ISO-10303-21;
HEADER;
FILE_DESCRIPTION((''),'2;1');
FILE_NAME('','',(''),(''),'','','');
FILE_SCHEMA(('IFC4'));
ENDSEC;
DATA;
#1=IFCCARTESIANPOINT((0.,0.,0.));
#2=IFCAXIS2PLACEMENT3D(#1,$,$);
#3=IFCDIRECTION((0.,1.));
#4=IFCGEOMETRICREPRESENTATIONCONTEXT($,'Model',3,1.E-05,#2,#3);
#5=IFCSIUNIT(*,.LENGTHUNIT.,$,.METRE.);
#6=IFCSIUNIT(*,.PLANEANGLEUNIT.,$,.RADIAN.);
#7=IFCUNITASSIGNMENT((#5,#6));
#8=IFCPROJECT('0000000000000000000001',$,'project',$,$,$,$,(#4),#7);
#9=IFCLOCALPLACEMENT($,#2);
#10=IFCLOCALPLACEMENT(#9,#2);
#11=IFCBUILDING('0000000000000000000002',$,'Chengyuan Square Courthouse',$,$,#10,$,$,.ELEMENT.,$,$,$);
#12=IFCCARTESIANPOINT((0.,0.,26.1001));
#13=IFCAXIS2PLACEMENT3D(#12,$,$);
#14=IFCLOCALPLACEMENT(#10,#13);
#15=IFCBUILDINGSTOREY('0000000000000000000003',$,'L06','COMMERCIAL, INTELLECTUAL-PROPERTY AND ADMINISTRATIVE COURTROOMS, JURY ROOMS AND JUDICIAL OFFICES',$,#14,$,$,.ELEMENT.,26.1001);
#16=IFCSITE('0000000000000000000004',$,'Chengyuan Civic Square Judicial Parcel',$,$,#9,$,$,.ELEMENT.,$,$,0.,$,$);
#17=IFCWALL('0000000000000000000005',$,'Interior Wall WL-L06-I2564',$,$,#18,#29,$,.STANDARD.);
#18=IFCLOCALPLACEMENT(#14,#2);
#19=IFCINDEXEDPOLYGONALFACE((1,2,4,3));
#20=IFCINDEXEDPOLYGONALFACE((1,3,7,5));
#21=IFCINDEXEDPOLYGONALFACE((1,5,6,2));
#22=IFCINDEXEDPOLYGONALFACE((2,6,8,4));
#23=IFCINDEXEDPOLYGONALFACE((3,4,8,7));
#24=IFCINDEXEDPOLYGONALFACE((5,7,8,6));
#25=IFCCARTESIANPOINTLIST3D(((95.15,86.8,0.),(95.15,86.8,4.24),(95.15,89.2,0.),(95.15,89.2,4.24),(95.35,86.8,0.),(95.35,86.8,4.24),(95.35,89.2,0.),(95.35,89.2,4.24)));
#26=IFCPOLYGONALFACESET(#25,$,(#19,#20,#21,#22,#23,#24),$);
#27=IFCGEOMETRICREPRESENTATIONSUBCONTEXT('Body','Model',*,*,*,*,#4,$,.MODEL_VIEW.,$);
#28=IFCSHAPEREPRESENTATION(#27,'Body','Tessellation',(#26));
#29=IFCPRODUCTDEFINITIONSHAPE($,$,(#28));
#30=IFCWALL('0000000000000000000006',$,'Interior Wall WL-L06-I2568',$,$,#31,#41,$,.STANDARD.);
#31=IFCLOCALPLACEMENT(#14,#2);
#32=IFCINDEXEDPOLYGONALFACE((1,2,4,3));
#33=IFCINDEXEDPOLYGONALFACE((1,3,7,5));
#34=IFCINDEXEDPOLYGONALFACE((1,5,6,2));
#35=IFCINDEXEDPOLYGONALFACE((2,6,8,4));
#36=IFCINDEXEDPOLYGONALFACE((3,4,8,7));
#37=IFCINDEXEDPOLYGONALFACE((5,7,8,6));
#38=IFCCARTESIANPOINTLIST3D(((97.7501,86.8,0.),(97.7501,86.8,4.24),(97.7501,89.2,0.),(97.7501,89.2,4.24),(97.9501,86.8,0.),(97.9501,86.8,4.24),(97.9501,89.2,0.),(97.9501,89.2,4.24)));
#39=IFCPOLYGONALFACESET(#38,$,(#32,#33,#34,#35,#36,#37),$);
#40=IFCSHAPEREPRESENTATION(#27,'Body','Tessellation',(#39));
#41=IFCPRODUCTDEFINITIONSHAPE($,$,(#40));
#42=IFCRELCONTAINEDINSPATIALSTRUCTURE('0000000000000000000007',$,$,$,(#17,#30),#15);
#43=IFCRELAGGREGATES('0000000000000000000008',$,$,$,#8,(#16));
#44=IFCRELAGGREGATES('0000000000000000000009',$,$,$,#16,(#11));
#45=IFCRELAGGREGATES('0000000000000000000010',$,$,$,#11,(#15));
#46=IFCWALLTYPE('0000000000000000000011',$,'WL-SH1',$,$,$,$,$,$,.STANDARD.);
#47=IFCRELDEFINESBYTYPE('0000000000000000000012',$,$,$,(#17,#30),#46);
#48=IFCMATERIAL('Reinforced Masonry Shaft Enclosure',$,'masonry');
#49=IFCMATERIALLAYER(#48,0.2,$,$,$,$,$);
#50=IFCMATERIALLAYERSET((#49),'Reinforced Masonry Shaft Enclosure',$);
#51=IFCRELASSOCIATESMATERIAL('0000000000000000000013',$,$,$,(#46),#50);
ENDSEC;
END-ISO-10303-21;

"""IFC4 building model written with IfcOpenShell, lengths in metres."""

from ifc_helpers import new_model, si_unit, direction, frame, frame_2d, origin, place, context, subcontext, project, spatial, rectangle, extrude, material, layer, layer_set, type_object, element, save


model = new_model("IFC4")

# Units and contexts
model_context = context("Model", 3, precision=1e-05, world=origin(), true_north=direction((0.0, 1.0)))
body_context = subcontext(model_context, "Body", "Model", "MODEL_VIEW")
ifc_project = project(units=[si_unit("LENGTHUNIT", "METRE"), si_unit("PLANEANGLEUNIT", "RADIAN")], contexts=[model_context])

# Site, building, storey
site_placement = place(None, origin())
site = spatial("IfcSite", under=ifc_project, at=site_placement, Name="Chengyuan Civic Square Judicial Parcel", CompositionType="ELEMENT", RefElevation=0.0)
building_placement = place(site_placement, origin())
building = spatial("IfcBuilding", under=site, at=building_placement, Name="Chengyuan Square Courthouse", CompositionType="ELEMENT")
storey_placement = place(building_placement, frame((0.0, 0.0, 26.1001)))
storey = spatial("IfcBuildingStorey", under=building, at=storey_placement, Name="L06", Description="COMMERCIAL, INTELLECTUAL-PROPERTY AND ADMINISTRATIVE COURTROOMS, JURY ROOMS AND JUDICIAL OFFICES", CompositionType="ELEMENT", Elevation=26.1001)

# Shared definitions
ifc_material_1 = material(Name="Reinforced Masonry Shaft Enclosure", Category="masonry")
ifc_layer_1 = layer(ifc_material_1, 0.2)
ifc_layer_set_1 = layer_set([ifc_layer_1], Name="Reinforced Masonry Shaft Enclosure")
wall_type_1 = type_object("IfcWallType", Name="WL-SH1", PredefinedType="STANDARD", material=ifc_layer_set_1)

# Walls
for number, where, z_axis, x_axis, name in (
    (1, (95.25, 86.8, 0.0), (0.0, 0.0, 1.0), (0.0, 1.0, 0.0), "Interior Wall WL-L06-I2564"),
    (2, (97.8501, 86.8, 0.0), (0.0, 0.0, 1.0), (0.0, 1.0, 0.0), "Interior Wall WL-L06-I2568"),
):
    element("IfcWall", number, at=place(storey_placement, frame(where, z_axis=z_axis, x_axis=x_axis)), inside=storey, type_object=wall_type_1, Name=name, PredefinedType="STANDARD", context=body_context, shape_type="SweptSolid", body=[
        extrude(rectangle(XDim=2.3999, YDim=0.2, at=frame_2d((1.2, 0.0))), origin(), (0.0, 0.0, 1.0), 4.24),
    ])

save(model, "model.ifc")
